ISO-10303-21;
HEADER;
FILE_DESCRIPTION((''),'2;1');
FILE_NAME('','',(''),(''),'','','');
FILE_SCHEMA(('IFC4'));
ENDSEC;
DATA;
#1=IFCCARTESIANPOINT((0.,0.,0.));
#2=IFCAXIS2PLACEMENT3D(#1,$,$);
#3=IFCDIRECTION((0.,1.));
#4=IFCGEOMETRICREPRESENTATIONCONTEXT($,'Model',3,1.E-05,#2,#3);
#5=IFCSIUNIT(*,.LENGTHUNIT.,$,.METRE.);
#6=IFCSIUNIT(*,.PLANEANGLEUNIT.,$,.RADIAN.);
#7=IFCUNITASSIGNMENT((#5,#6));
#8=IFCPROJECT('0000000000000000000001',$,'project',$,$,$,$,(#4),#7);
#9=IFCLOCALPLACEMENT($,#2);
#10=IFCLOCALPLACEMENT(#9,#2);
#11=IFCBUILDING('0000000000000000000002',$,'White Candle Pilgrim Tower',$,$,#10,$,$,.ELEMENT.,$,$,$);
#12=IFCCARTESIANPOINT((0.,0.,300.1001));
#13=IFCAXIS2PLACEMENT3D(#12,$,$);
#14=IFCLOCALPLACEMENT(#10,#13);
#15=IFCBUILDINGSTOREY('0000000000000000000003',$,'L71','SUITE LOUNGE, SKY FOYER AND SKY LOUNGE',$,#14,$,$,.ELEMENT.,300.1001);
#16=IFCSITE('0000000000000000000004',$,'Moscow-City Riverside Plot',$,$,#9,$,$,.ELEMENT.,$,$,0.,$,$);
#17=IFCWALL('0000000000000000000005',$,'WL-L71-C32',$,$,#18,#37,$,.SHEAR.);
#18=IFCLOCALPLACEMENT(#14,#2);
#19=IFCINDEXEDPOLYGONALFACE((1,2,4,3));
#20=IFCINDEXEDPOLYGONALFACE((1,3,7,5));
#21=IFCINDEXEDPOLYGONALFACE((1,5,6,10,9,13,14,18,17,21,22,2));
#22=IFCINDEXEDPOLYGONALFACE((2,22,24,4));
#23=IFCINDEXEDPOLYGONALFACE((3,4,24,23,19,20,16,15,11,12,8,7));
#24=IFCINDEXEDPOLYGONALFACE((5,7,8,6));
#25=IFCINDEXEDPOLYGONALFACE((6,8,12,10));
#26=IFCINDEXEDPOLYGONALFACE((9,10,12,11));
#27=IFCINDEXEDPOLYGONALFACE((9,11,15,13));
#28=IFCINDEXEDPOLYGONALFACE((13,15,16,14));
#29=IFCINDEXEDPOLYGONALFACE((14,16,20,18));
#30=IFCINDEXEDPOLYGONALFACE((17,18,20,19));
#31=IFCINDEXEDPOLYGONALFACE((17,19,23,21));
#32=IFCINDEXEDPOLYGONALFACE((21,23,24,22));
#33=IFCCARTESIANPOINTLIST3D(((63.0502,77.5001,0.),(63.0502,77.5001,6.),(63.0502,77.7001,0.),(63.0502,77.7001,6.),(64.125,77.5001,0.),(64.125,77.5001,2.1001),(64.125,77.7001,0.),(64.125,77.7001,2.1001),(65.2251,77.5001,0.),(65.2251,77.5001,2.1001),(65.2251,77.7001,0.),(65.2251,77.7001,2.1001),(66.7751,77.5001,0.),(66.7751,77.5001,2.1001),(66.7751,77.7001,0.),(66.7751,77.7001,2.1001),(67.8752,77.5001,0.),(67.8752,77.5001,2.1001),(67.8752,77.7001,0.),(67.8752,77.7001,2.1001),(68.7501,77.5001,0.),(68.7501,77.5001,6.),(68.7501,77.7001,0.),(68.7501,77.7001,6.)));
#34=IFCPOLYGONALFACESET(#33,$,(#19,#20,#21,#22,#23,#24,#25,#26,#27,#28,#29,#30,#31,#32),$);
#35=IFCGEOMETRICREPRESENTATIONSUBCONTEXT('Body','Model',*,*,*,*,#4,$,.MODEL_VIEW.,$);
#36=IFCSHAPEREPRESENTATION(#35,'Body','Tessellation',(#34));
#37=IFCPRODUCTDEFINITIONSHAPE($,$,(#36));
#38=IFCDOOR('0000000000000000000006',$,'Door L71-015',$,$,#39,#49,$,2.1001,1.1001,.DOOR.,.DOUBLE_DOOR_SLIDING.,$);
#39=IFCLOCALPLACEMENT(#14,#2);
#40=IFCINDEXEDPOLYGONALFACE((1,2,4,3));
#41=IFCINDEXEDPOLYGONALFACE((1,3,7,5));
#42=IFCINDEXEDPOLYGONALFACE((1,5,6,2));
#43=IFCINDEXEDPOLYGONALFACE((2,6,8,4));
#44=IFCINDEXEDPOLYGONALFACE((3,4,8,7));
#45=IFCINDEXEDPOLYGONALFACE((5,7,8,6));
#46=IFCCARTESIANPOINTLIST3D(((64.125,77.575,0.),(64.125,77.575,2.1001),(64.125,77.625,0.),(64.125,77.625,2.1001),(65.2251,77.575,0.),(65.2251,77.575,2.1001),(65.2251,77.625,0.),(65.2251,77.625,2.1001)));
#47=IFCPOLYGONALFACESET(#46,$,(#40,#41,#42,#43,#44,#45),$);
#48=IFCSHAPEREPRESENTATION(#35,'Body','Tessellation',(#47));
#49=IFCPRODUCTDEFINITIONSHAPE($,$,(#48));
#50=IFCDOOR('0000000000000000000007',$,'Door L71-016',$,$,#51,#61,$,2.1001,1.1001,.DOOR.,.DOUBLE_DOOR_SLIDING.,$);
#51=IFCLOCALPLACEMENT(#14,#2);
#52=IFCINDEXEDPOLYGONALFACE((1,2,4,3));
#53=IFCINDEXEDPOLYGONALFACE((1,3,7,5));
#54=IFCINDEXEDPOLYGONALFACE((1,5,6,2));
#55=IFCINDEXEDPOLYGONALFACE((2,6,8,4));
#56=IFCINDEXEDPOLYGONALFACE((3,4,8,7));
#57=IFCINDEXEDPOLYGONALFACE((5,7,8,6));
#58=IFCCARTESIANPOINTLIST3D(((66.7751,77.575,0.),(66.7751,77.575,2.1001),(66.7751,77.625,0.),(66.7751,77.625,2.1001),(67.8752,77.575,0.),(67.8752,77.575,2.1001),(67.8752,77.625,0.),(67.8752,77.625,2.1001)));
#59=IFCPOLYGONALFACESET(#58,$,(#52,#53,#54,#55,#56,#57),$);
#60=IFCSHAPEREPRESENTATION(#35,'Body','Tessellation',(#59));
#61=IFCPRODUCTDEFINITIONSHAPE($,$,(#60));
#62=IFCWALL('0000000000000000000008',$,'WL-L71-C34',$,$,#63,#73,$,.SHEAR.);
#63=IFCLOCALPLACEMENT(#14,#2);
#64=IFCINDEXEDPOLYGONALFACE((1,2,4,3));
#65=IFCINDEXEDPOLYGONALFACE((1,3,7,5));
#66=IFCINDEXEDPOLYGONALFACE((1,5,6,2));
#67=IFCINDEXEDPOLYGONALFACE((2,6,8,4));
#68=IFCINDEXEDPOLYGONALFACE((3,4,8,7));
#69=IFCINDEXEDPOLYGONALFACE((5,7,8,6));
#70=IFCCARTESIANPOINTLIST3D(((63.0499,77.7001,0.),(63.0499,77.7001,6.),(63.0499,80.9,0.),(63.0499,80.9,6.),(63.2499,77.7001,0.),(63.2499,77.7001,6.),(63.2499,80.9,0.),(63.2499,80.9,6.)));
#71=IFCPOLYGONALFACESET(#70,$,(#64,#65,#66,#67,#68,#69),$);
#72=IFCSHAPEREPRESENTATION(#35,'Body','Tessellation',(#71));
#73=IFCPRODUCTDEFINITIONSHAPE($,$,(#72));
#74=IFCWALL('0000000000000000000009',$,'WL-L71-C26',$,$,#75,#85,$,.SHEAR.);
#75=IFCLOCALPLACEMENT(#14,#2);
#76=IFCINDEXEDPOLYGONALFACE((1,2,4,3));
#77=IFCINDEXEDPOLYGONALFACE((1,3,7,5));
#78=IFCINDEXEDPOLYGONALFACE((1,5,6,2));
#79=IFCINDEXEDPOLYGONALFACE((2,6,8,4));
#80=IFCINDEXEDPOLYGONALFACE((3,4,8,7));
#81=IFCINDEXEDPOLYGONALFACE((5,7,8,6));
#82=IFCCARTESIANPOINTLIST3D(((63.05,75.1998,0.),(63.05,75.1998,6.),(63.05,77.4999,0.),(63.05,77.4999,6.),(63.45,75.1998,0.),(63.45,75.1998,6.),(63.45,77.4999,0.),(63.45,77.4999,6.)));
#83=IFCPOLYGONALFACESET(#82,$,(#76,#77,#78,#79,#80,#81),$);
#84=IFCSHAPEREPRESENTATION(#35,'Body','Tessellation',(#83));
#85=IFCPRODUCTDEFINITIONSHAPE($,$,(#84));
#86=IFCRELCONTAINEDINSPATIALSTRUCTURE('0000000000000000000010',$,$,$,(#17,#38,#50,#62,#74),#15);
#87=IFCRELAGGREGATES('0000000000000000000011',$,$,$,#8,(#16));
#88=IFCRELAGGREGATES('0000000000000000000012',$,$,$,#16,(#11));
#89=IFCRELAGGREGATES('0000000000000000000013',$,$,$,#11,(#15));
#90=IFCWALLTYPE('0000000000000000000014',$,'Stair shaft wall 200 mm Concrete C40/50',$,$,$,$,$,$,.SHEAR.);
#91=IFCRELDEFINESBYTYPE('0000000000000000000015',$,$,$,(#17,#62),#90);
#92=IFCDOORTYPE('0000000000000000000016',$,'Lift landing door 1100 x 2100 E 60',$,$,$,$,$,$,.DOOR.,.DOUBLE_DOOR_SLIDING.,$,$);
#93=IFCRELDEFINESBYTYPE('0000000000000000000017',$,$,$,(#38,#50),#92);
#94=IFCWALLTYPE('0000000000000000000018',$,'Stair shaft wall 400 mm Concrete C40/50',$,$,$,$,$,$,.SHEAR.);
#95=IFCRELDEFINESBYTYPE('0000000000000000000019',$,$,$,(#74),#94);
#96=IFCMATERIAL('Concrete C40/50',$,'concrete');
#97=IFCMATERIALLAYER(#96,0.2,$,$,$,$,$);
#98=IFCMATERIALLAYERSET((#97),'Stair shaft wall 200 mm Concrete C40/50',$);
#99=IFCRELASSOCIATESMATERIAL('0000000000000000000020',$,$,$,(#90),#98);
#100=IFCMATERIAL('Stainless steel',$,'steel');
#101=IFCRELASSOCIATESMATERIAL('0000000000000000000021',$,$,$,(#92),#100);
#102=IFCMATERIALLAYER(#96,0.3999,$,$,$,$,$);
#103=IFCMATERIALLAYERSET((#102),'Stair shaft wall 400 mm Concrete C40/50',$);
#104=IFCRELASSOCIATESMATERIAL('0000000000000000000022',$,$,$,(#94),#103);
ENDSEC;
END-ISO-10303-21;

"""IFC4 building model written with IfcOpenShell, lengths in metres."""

from ifc_helpers import new_model, si_unit, direction, frame, frame_2d, origin, place, context, subcontext, project, spatial, rectangle, extrude, material, layer, layer_set, type_object, element, fill, save


model = new_model("IFC4")

# Units and contexts
model_context = context("Model", 3, precision=1e-05, world=origin(), true_north=direction((0.0, 1.0)))
body_context = subcontext(model_context, "Body", "Model", "MODEL_VIEW")
ifc_project = project(units=[si_unit("LENGTHUNIT", "METRE"), si_unit("PLANEANGLEUNIT", "RADIAN")], contexts=[model_context])

# Site, building, storey
site_placement = place(None, origin())
site = spatial("IfcSite", under=ifc_project, at=site_placement, Name="Moscow-City Riverside Plot", CompositionType="ELEMENT", RefElevation=0.0)
building_placement = place(site_placement, origin())
building = spatial("IfcBuilding", under=site, at=building_placement, Name="White Candle Pilgrim Tower", CompositionType="ELEMENT")
storey_placement = place(building_placement, frame((0.0, 0.0, 300.1001)))
storey = spatial("IfcBuildingStorey", under=building, at=storey_placement, Name="L71", Description="SUITE LOUNGE, SKY FOYER AND SKY LOUNGE", CompositionType="ELEMENT", Elevation=300.1001)

# Shared definitions
ifc_material_1 = material(Name="Concrete C40/50", Category="concrete")
ifc_layer_1 = layer(ifc_material_1, 0.2)
ifc_layer_set_1 = layer_set([ifc_layer_1], Name="Stair shaft wall 200 mm Concrete C40/50")
wall_type_1 = type_object("IfcWallType", Name="Stair shaft wall 200 mm Concrete C40/50", PredefinedType="SHEAR", material=ifc_layer_set_1)

# Wall, openings, doors
wall_1_placement = place(storey_placement, frame((63.05, 77.6001, 0.0), z_axis=(0.0, 0.0, 1.0), x_axis=(1.0, 0.0, 0.0)))
wall_1 = element("IfcWall", 1, at=wall_1_placement, inside=storey, type_object=wall_type_1, Name="WL-L71-C32", PredefinedType="SHEAR", context=body_context, shape_type="SweptSolid", body=[
    extrude(rectangle(XDim=5.7, YDim=0.2, at=frame_2d((2.8501, 0.0))), origin(), (0.0, 0.0, 1.0), 6.0),
])
opening_1_placement = place(wall_1_placement, frame((1.075, 0.0, 0.0)))
opening_1 = element("IfcOpeningElement", 2, at=opening_1_placement, cuts=wall_1, PredefinedType="OPENING", context=body_context, shape_type="SweptSolid", body=[
    extrude(rectangle(XDim=1.1001, YDim=2.1001, at=frame_2d((0.55, 1.05))), frame((0.0, 0.1099, 0.0), z_axis=(0.0, -1.0, 0.0), x_axis=(1.0, 0.0, 0.0)), (0.0, 0.0, 1.0), 0.22),
])
opening_2_placement = place(wall_1_placement, frame((3.7251, 0.0, 0.0)))
opening_2 = element("IfcOpeningElement", 3, at=opening_2_placement, cuts=wall_1, PredefinedType="OPENING", context=body_context, shape_type="SweptSolid", body=[
    extrude(rectangle(XDim=1.1001, YDim=2.1001, at=frame_2d((0.55, 1.05))), frame((0.0, 0.1099, 0.0), z_axis=(0.0, -1.0, 0.0), x_axis=(1.0, 0.0, 0.0)), (0.0, 0.0, 1.0), 0.22),
])
ifc_material_2 = material(Name="Stainless steel", Category="steel")
door_type_1 = type_object("IfcDoorType", Name="Lift landing door 1100 x 2100 E 60", OperationType="DOUBLE_DOOR_SLIDING", PredefinedType="DOOR", material=ifc_material_2)
door_1_placement = place(opening_1_placement, origin())
door_1 = element("IfcDoor", 4, at=door_1_placement, inside=storey, type_object=door_type_1, Name="Door L71-015", OperationType="DOUBLE_DOOR_SLIDING", OverallHeight=2.1001, OverallWidth=1.1001, PredefinedType="DOOR", context=body_context, shape_type="SweptSolid", body=[
    extrude(rectangle(XDim=1.1001, YDim=2.1001, at=frame_2d((0.55, 1.05))), frame((0.0, 0.0249, 0.0), z_axis=(0.0, -1.0, 0.0), x_axis=(1.0, 0.0, 0.0)), (0.0, 0.0, 1.0), 0.05),
])
fill(opening_1, door_1)
door_2_placement = place(opening_2_placement, origin())
door_2 = element("IfcDoor", 5, at=door_2_placement, inside=storey, type_object=door_type_1, Name="Door L71-016", OperationType="DOUBLE_DOOR_SLIDING", OverallHeight=2.1001, OverallWidth=1.1001, PredefinedType="DOOR", context=body_context, shape_type="SweptSolid", body=[
    extrude(rectangle(XDim=1.1001, YDim=2.1001, at=frame_2d((0.55, 1.05))), frame((0.0, 0.0249, 0.0), z_axis=(0.0, -1.0, 0.0), x_axis=(1.0, 0.0, 0.0)), (0.0, 0.0, 1.0), 0.05),
])
fill(opening_2, door_2)

# Walls
wall_2_placement = place(storey_placement, frame((63.1499, 77.7, 0.0), z_axis=(0.0, 0.0, 1.0), x_axis=(0.0, 1.0, 0.0)))
element("IfcWall", 6, at=wall_2_placement, inside=storey, type_object=wall_type_1, Name="WL-L71-C34", PredefinedType="SHEAR", context=body_context, shape_type="SweptSolid", body=[
    extrude(rectangle(XDim=3.2, YDim=0.2, at=frame_2d((1.6001, 0.0))), origin(), (0.0, 0.0, 1.0), 6.0),
])
ifc_layer_2 = layer(ifc_material_1, 0.3999)
ifc_layer_set_2 = layer_set([ifc_layer_2], Name="Stair shaft wall 400 mm Concrete C40/50")
wall_type_2 = type_object("IfcWallType", Name="Stair shaft wall 400 mm Concrete C40/50", PredefinedType="SHEAR", material=ifc_layer_set_2)
wall_3_placement = place(storey_placement, frame((63.25, 75.2, 0.0), z_axis=(0.0, 0.0, 1.0), x_axis=(0.0, 1.0, 0.0)))
element("IfcWall", 7, at=wall_3_placement, inside=storey, type_object=wall_type_2, Name="WL-L71-C26", PredefinedType="SHEAR", context=body_context, shape_type="SweptSolid", body=[
    extrude(rectangle(XDim=2.3, YDim=0.3999, at=frame_2d((1.1499, 0.0))), origin(), (0.0, 0.0, 1.0), 6.0),
])

save(model, "model.ifc")
